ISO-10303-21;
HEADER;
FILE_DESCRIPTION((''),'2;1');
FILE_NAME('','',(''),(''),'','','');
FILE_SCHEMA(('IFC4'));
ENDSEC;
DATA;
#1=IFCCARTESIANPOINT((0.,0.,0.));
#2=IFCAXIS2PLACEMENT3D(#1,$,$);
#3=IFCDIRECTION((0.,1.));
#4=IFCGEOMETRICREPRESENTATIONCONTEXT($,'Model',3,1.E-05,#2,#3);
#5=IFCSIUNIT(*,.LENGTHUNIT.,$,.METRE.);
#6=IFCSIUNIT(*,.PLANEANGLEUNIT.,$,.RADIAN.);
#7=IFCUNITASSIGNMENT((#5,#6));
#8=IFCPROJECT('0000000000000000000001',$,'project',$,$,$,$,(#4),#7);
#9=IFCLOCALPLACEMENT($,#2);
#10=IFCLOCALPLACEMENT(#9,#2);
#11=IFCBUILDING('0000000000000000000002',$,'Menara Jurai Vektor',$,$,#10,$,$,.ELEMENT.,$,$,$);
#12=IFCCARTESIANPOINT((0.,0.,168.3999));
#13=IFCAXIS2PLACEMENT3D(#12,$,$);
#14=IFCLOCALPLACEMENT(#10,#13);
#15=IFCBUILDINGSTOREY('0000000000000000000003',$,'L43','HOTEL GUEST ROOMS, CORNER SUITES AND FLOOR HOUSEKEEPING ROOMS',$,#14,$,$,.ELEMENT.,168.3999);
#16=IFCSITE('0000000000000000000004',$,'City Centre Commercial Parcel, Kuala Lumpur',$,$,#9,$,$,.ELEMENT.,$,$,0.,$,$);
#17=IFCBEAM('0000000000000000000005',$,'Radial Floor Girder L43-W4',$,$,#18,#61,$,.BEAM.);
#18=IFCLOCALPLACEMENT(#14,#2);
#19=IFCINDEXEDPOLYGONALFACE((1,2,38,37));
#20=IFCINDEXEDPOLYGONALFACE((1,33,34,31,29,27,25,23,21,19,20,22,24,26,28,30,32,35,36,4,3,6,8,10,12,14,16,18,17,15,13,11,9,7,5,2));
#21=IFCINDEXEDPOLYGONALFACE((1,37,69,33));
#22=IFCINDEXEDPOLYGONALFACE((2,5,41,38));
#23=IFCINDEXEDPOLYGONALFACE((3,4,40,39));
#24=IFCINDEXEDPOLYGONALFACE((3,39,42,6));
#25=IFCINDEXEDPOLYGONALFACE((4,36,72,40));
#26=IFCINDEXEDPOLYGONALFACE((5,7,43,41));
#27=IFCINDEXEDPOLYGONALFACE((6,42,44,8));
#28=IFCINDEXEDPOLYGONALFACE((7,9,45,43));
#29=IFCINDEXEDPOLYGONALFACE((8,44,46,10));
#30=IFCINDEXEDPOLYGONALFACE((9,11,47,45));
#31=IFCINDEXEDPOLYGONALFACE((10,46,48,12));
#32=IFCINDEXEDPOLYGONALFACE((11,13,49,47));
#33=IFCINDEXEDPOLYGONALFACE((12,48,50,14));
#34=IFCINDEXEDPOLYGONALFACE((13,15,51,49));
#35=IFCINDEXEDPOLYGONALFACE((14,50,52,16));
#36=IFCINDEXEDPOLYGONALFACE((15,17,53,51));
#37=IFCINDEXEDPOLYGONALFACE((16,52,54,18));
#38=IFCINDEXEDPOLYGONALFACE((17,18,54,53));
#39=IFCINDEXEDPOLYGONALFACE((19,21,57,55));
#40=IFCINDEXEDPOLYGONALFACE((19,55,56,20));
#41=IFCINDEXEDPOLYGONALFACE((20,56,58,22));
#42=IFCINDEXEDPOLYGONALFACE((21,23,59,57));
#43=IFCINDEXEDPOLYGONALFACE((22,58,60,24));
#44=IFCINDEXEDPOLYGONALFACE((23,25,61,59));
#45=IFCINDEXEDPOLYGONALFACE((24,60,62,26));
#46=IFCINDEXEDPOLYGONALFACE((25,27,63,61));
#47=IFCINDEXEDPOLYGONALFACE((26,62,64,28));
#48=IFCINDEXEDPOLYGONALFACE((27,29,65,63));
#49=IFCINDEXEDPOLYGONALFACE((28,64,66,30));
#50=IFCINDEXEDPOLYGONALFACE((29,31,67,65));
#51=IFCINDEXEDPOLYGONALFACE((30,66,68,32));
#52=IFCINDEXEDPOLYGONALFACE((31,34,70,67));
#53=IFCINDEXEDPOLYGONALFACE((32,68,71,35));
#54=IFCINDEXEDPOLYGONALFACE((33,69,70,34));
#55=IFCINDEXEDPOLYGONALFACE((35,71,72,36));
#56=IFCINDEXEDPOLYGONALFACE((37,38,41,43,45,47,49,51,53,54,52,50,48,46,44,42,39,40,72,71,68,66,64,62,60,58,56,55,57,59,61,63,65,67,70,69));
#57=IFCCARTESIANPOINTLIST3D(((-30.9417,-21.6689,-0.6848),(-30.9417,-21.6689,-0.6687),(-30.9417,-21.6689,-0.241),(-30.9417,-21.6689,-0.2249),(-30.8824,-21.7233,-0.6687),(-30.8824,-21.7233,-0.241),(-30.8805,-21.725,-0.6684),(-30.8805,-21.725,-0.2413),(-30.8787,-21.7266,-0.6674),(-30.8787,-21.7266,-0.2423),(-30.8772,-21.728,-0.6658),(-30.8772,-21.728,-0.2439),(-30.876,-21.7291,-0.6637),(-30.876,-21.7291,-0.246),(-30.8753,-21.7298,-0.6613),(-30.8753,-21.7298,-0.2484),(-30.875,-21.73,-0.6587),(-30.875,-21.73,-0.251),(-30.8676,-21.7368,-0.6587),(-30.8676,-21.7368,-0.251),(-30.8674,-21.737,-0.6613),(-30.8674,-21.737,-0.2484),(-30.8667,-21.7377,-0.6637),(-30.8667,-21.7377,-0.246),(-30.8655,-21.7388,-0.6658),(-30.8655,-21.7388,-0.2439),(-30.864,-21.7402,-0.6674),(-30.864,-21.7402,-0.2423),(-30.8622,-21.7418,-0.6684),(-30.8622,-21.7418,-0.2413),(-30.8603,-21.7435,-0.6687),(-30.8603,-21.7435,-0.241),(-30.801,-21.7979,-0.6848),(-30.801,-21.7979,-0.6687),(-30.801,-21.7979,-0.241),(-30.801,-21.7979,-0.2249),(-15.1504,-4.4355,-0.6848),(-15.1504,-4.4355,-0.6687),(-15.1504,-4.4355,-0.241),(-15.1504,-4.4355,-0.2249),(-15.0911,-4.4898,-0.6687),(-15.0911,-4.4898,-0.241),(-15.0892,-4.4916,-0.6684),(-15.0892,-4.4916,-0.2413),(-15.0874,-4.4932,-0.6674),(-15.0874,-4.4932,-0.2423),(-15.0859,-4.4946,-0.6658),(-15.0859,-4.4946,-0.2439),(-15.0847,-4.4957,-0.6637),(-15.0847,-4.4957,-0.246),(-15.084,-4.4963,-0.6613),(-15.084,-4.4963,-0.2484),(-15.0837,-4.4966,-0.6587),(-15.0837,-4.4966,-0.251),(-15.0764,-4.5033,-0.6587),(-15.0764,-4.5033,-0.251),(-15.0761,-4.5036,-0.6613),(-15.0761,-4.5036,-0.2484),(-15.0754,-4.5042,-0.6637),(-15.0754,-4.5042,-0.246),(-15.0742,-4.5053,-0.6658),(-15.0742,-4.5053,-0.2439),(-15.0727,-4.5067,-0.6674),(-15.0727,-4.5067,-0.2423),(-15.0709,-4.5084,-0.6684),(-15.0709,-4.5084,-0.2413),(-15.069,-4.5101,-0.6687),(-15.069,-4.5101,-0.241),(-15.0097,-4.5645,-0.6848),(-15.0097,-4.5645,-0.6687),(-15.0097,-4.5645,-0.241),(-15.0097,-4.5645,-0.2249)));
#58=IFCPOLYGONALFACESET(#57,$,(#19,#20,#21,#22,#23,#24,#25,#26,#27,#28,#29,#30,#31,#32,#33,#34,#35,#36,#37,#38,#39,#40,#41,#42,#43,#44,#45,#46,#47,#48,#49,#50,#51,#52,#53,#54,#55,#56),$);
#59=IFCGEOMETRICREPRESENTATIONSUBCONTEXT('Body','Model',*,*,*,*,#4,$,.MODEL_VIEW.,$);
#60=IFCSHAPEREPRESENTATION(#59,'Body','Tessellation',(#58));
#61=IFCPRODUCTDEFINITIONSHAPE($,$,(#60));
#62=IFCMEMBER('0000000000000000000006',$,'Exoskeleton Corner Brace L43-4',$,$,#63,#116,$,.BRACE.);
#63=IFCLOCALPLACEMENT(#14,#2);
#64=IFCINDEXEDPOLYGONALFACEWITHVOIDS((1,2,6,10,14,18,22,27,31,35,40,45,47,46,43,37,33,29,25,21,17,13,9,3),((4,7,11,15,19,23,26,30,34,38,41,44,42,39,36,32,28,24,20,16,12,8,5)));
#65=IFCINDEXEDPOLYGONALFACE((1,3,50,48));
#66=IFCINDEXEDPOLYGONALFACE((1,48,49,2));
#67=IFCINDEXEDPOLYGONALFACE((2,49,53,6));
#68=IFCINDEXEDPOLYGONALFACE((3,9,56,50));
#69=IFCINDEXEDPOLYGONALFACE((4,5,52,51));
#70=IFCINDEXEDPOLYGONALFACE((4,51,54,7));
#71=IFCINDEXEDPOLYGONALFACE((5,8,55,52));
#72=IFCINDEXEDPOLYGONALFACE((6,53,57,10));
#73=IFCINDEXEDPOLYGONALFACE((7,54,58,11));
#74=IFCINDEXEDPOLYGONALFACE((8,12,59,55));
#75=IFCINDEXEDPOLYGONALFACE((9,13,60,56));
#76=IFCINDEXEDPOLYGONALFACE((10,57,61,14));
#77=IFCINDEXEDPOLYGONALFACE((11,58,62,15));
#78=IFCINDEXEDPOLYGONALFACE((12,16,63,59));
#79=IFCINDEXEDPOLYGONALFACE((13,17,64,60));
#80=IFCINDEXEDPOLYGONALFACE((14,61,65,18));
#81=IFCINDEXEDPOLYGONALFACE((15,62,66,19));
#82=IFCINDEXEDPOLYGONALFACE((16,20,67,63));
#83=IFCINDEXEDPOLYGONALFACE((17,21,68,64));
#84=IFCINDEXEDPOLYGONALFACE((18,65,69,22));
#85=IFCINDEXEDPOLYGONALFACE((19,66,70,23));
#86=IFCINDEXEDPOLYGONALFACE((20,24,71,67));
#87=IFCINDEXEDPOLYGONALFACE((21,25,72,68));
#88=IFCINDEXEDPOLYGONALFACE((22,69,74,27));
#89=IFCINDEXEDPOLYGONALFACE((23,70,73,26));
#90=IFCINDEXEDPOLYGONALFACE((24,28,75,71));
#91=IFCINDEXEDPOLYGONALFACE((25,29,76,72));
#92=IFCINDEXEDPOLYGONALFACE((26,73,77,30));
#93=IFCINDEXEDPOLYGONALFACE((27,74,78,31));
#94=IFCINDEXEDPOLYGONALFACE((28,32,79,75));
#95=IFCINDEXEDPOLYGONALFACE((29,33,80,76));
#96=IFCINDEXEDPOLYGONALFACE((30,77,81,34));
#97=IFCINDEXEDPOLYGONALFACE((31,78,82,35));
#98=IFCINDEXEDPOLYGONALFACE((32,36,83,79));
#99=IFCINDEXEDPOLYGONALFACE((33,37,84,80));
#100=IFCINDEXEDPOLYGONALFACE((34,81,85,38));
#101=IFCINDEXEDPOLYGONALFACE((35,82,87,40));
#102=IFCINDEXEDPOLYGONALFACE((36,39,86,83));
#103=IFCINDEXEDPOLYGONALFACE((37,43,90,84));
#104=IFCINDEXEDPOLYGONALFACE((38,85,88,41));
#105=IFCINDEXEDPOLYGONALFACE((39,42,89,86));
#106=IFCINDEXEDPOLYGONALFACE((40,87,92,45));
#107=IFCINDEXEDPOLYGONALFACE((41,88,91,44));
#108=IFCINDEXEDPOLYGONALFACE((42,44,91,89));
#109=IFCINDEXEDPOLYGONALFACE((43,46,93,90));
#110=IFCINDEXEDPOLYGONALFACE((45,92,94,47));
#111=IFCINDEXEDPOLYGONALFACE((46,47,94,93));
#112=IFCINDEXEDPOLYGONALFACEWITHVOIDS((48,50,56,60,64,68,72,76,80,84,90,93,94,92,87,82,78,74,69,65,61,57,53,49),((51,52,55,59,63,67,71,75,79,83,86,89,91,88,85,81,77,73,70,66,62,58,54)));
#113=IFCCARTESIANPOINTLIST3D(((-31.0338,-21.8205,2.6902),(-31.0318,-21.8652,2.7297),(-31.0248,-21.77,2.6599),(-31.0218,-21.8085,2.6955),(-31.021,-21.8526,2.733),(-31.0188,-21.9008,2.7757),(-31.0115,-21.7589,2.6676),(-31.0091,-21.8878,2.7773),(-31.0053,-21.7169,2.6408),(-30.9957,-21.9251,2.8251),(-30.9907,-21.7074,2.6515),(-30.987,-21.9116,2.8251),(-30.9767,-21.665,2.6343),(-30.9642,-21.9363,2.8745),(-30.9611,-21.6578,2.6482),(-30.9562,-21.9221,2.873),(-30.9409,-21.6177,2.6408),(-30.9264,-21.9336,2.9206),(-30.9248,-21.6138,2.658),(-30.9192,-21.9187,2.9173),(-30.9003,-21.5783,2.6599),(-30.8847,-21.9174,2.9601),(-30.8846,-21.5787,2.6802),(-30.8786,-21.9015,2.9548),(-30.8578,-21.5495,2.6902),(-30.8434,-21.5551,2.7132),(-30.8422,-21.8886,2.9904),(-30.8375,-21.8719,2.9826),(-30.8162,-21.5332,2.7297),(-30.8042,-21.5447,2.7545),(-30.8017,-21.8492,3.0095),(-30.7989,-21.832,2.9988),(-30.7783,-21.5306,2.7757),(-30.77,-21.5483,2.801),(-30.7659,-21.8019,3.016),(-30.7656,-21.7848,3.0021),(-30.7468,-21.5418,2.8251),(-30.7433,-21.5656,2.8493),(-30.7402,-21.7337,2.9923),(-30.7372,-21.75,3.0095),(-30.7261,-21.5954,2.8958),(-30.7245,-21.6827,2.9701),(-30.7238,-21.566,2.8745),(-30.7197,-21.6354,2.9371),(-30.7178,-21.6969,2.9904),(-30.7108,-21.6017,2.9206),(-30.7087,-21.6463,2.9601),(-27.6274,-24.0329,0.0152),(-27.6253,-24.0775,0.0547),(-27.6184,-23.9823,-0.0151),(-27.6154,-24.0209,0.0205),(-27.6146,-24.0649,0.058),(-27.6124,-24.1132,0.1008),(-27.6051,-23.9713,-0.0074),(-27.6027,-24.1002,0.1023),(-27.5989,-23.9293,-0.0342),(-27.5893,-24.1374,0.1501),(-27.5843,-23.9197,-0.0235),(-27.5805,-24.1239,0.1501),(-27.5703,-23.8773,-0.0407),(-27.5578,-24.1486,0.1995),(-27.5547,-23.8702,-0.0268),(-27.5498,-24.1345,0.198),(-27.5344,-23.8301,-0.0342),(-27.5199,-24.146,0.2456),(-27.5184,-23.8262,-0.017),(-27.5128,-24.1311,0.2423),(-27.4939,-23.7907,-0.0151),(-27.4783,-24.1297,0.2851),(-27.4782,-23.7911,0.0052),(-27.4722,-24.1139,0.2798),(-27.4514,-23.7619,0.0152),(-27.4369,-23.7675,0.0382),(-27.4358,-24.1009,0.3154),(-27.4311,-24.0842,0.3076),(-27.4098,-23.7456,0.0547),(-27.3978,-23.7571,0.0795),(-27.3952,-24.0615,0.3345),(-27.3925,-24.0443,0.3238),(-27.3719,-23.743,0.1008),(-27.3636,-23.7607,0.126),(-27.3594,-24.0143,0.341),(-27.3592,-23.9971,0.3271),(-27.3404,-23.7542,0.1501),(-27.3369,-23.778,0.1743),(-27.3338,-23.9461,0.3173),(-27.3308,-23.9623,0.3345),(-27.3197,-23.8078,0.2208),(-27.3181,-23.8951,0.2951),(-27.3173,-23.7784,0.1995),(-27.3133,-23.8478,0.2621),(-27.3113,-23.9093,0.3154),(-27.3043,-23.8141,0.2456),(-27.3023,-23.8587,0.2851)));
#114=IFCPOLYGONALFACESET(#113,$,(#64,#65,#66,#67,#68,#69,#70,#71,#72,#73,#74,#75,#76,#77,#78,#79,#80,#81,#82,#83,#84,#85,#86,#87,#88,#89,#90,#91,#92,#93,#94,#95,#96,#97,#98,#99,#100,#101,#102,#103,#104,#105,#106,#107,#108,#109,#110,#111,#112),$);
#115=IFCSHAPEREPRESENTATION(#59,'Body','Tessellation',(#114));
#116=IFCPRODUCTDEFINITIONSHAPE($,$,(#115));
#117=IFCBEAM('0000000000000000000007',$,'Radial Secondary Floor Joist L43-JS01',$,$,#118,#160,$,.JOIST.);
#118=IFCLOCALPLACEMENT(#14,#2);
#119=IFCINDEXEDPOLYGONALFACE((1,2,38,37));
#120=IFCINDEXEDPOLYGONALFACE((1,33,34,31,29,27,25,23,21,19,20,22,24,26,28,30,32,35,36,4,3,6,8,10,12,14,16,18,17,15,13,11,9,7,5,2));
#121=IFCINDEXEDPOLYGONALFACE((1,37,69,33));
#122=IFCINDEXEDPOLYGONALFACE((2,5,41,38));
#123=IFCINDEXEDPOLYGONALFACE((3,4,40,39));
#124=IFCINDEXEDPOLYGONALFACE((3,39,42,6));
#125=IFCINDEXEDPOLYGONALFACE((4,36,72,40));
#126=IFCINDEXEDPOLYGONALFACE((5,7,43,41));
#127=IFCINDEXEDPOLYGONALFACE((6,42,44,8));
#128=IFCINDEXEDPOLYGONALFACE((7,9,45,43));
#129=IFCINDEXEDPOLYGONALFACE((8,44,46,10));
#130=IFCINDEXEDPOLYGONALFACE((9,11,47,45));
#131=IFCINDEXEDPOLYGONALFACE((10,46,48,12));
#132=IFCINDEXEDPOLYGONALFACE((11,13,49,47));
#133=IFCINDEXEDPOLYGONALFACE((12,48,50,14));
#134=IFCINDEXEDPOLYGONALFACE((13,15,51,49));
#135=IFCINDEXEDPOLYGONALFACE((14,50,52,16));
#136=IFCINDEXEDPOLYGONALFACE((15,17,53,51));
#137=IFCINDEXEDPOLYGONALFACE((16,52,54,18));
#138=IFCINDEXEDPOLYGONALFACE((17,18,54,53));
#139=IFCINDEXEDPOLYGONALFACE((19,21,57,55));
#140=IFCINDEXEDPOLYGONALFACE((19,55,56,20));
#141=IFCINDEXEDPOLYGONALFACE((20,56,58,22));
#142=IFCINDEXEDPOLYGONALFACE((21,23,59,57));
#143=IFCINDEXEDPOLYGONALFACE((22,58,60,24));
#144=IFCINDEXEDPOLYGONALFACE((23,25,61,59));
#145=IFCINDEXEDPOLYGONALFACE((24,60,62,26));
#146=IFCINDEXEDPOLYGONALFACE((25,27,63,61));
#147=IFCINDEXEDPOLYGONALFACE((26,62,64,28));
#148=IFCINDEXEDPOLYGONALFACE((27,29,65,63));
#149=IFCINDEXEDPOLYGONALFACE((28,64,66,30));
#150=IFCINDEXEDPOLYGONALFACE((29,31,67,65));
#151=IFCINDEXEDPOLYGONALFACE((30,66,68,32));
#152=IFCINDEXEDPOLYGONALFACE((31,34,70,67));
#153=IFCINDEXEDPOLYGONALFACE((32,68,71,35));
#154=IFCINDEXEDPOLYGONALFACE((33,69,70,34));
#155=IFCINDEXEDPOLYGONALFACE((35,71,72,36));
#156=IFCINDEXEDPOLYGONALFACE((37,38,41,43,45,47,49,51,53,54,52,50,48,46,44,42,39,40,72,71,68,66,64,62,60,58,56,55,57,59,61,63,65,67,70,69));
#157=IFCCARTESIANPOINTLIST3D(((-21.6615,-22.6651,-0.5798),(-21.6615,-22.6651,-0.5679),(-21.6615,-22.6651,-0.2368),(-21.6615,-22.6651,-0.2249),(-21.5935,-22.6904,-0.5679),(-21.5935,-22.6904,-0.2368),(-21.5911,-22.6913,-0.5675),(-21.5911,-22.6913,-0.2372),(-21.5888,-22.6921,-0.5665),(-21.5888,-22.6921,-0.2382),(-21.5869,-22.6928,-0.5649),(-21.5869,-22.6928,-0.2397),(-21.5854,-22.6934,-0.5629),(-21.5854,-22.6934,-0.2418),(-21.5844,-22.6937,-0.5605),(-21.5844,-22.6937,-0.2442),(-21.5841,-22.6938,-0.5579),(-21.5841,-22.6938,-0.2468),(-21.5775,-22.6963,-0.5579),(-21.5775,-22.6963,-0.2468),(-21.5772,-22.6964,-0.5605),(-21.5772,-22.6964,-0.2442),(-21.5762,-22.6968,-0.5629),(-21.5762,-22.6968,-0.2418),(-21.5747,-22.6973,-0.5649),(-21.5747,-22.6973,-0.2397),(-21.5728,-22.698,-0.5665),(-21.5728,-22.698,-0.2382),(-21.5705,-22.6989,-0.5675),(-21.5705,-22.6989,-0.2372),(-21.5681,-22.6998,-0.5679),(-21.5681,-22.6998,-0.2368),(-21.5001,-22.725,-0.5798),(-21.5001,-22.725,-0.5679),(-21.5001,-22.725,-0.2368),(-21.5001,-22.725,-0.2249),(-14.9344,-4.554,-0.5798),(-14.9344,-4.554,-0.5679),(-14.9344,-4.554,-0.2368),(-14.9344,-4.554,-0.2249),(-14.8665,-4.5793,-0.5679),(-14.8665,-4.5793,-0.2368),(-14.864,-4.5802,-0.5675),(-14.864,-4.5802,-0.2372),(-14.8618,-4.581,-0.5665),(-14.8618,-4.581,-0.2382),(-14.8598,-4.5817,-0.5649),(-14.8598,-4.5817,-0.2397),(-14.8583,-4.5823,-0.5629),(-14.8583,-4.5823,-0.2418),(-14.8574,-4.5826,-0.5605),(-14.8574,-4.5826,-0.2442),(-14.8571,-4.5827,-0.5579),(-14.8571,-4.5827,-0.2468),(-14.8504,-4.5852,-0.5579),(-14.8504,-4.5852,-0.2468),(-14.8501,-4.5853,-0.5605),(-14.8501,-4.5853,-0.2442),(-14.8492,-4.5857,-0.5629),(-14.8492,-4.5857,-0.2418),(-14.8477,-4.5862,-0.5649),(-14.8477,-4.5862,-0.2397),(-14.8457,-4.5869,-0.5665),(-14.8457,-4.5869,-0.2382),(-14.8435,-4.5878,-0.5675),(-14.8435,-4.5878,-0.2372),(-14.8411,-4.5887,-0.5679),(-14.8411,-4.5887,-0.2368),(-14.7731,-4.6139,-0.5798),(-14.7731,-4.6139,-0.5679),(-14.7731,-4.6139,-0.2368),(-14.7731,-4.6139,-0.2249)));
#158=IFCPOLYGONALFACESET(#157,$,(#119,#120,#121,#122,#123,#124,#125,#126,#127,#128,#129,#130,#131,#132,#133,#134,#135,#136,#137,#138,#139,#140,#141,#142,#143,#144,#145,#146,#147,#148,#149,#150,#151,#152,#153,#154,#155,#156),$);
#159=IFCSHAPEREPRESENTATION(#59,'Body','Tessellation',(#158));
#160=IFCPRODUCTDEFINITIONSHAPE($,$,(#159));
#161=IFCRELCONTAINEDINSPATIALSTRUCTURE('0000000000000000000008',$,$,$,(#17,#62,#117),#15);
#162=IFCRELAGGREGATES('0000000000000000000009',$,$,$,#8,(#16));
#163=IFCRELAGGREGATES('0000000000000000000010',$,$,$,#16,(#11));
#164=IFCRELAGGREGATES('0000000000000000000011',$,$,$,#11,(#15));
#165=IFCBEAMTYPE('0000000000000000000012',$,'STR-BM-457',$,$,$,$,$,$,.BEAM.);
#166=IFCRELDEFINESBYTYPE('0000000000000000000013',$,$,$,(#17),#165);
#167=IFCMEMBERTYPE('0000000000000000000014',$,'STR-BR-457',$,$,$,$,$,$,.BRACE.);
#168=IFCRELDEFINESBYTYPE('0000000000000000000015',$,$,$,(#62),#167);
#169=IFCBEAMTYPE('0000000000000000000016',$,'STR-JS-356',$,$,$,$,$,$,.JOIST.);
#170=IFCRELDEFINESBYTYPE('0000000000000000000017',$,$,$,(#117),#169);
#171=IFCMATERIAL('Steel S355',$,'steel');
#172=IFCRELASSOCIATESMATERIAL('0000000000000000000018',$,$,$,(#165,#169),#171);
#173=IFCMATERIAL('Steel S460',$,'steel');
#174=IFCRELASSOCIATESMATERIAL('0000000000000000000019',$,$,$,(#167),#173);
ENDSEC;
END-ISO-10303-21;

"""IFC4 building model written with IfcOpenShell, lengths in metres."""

from ifc_helpers import new_model, si_unit, direction, frame, origin, origin_2d, place, context, subcontext, project, spatial, hollow_circle, i_section, extrude, material, material_profile, profile_set, type_object, element, save


model = new_model("IFC4")

# Units and contexts
model_context = context("Model", 3, precision=1e-05, world=origin(), true_north=direction((0.0, 1.0)))
body_context = subcontext(model_context, "Body", "Model", "MODEL_VIEW")
ifc_project = project(units=[si_unit("LENGTHUNIT", "METRE"), si_unit("PLANEANGLEUNIT", "RADIAN")], contexts=[model_context])

# Site, building, storey
site_placement = place(None, origin())
site = spatial("IfcSite", under=ifc_project, at=site_placement, Name="City Centre Commercial Parcel, Kuala Lumpur", CompositionType="ELEMENT", RefElevation=0.0)
building_placement = place(site_placement, origin())
building = spatial("IfcBuilding", under=site, at=building_placement, Name="Menara Jurai Vektor", CompositionType="ELEMENT")
storey_placement = place(building_placement, frame((0.0, 0.0, 168.3999)))
storey = spatial("IfcBuildingStorey", under=building, at=storey_placement, Name="L43", Description="HOTEL GUEST ROOMS, CORNER SUITES AND FLOOR HOUSEKEEPING ROOMS", CompositionType="ELEMENT", Elevation=168.3999)

# Shared definitions
ifc_material_1 = material(Name="Steel S460", Category="steel")

# Beam
ifc_material_2 = material(Name="Steel S355", Category="steel")
ifc_material_profile_1 = material_profile(ifc_material_2, i_section(OverallWidth=0.1909, OverallDepth=0.46, WebThickness=0.01, FlangeThickness=0.0161, FilletRadius=0.01, at=origin_2d()), Name="UKB 457x191x82")
ifc_profile_set_1 = profile_set([ifc_material_profile_1], Name="Steel S355")
beam_type_1 = type_object("IfcBeamType", Name="STR-BM-457", PredefinedType="BEAM", material=ifc_profile_set_1)
beam_1_placement = place(storey_placement, frame((-30.8713, -21.7334, -0.4548), z_axis=(0.675585, 0.737282, 0.0), x_axis=(-0.737282, 0.675585, 0.0)))
element("IfcBeam", 1, at=beam_1_placement, inside=storey, type_object=beam_type_1, Name="Radial Floor Girder L43-W4", PredefinedType="BEAM", context=body_context, shape_type="SweptSolid", body=[
    extrude(i_section(OverallWidth=0.1909, OverallDepth=0.46, WebThickness=0.01, FlangeThickness=0.0161, FilletRadius=0.01, at=origin_2d()), origin(), (0.0, 0.0, 1.0), 23.3743),
])

# Member
ifc_material_profile_2 = material_profile(ifc_material_1, hollow_circle(Radius=0.2285, WallThickness=0.0161, at=origin_2d()), Name="CHS 457x16")
ifc_profile_set_2 = profile_set([ifc_material_profile_2], Name="Steel S460")
member_type_1 = type_object("IfcMemberType", Name="STR-BR-457", PredefinedType="BRACE", material=ifc_profile_set_2)
member_1_placement = place(storey_placement, frame((-27.4648, -23.9458, 0.1501), z_axis=(-0.700403, 0.454888, 0.550012), x_axis=(-0.544674, -0.838648, 0.0)))
element("IfcMember", 2, at=member_1_placement, inside=storey, type_object=member_type_1, Name="Exoskeleton Corner Brace L43-4", PredefinedType="BRACE", context=body_context, shape_type="SweptSolid", body=[
    extrude(hollow_circle(Radius=0.2285, WallThickness=0.0161, at=origin_2d()), origin(), (0.0, 0.0, 1.0), 4.8635),
])

# Beam
ifc_material_profile_3 = material_profile(ifc_material_2, i_section(OverallWidth=0.1721, OverallDepth=0.355, WebThickness=0.0071, FlangeThickness=0.012, FilletRadius=0.01, at=origin_2d()), Name="UKB 356x171x51")
ifc_profile_set_3 = profile_set([ifc_material_profile_3], Name="Steel S355")
beam_type_2 = type_object("IfcBeamType", Name="STR-JS-356", PredefinedType="JOIST", material=ifc_profile_set_3)
beam_2_placement = place(storey_placement, frame((-21.5808, -22.6951, -0.4023), z_axis=(0.34819, 0.937424, 0.0), x_axis=(-0.937424, 0.34819, 0.0)))
element("IfcBeam", 3, at=beam_2_placement, inside=storey, type_object=beam_type_2, Name="Radial Secondary Floor Joist L43-JS01", PredefinedType="JOIST", context=body_context, shape_type="SweptSolid", body=[
    extrude(i_section(OverallWidth=0.1721, OverallDepth=0.355, WebThickness=0.0071, FlangeThickness=0.012, FilletRadius=0.01, at=origin_2d()), origin(), (0.0, 0.0, 1.0), 19.3201),
])

save(model, "model.ifc")
